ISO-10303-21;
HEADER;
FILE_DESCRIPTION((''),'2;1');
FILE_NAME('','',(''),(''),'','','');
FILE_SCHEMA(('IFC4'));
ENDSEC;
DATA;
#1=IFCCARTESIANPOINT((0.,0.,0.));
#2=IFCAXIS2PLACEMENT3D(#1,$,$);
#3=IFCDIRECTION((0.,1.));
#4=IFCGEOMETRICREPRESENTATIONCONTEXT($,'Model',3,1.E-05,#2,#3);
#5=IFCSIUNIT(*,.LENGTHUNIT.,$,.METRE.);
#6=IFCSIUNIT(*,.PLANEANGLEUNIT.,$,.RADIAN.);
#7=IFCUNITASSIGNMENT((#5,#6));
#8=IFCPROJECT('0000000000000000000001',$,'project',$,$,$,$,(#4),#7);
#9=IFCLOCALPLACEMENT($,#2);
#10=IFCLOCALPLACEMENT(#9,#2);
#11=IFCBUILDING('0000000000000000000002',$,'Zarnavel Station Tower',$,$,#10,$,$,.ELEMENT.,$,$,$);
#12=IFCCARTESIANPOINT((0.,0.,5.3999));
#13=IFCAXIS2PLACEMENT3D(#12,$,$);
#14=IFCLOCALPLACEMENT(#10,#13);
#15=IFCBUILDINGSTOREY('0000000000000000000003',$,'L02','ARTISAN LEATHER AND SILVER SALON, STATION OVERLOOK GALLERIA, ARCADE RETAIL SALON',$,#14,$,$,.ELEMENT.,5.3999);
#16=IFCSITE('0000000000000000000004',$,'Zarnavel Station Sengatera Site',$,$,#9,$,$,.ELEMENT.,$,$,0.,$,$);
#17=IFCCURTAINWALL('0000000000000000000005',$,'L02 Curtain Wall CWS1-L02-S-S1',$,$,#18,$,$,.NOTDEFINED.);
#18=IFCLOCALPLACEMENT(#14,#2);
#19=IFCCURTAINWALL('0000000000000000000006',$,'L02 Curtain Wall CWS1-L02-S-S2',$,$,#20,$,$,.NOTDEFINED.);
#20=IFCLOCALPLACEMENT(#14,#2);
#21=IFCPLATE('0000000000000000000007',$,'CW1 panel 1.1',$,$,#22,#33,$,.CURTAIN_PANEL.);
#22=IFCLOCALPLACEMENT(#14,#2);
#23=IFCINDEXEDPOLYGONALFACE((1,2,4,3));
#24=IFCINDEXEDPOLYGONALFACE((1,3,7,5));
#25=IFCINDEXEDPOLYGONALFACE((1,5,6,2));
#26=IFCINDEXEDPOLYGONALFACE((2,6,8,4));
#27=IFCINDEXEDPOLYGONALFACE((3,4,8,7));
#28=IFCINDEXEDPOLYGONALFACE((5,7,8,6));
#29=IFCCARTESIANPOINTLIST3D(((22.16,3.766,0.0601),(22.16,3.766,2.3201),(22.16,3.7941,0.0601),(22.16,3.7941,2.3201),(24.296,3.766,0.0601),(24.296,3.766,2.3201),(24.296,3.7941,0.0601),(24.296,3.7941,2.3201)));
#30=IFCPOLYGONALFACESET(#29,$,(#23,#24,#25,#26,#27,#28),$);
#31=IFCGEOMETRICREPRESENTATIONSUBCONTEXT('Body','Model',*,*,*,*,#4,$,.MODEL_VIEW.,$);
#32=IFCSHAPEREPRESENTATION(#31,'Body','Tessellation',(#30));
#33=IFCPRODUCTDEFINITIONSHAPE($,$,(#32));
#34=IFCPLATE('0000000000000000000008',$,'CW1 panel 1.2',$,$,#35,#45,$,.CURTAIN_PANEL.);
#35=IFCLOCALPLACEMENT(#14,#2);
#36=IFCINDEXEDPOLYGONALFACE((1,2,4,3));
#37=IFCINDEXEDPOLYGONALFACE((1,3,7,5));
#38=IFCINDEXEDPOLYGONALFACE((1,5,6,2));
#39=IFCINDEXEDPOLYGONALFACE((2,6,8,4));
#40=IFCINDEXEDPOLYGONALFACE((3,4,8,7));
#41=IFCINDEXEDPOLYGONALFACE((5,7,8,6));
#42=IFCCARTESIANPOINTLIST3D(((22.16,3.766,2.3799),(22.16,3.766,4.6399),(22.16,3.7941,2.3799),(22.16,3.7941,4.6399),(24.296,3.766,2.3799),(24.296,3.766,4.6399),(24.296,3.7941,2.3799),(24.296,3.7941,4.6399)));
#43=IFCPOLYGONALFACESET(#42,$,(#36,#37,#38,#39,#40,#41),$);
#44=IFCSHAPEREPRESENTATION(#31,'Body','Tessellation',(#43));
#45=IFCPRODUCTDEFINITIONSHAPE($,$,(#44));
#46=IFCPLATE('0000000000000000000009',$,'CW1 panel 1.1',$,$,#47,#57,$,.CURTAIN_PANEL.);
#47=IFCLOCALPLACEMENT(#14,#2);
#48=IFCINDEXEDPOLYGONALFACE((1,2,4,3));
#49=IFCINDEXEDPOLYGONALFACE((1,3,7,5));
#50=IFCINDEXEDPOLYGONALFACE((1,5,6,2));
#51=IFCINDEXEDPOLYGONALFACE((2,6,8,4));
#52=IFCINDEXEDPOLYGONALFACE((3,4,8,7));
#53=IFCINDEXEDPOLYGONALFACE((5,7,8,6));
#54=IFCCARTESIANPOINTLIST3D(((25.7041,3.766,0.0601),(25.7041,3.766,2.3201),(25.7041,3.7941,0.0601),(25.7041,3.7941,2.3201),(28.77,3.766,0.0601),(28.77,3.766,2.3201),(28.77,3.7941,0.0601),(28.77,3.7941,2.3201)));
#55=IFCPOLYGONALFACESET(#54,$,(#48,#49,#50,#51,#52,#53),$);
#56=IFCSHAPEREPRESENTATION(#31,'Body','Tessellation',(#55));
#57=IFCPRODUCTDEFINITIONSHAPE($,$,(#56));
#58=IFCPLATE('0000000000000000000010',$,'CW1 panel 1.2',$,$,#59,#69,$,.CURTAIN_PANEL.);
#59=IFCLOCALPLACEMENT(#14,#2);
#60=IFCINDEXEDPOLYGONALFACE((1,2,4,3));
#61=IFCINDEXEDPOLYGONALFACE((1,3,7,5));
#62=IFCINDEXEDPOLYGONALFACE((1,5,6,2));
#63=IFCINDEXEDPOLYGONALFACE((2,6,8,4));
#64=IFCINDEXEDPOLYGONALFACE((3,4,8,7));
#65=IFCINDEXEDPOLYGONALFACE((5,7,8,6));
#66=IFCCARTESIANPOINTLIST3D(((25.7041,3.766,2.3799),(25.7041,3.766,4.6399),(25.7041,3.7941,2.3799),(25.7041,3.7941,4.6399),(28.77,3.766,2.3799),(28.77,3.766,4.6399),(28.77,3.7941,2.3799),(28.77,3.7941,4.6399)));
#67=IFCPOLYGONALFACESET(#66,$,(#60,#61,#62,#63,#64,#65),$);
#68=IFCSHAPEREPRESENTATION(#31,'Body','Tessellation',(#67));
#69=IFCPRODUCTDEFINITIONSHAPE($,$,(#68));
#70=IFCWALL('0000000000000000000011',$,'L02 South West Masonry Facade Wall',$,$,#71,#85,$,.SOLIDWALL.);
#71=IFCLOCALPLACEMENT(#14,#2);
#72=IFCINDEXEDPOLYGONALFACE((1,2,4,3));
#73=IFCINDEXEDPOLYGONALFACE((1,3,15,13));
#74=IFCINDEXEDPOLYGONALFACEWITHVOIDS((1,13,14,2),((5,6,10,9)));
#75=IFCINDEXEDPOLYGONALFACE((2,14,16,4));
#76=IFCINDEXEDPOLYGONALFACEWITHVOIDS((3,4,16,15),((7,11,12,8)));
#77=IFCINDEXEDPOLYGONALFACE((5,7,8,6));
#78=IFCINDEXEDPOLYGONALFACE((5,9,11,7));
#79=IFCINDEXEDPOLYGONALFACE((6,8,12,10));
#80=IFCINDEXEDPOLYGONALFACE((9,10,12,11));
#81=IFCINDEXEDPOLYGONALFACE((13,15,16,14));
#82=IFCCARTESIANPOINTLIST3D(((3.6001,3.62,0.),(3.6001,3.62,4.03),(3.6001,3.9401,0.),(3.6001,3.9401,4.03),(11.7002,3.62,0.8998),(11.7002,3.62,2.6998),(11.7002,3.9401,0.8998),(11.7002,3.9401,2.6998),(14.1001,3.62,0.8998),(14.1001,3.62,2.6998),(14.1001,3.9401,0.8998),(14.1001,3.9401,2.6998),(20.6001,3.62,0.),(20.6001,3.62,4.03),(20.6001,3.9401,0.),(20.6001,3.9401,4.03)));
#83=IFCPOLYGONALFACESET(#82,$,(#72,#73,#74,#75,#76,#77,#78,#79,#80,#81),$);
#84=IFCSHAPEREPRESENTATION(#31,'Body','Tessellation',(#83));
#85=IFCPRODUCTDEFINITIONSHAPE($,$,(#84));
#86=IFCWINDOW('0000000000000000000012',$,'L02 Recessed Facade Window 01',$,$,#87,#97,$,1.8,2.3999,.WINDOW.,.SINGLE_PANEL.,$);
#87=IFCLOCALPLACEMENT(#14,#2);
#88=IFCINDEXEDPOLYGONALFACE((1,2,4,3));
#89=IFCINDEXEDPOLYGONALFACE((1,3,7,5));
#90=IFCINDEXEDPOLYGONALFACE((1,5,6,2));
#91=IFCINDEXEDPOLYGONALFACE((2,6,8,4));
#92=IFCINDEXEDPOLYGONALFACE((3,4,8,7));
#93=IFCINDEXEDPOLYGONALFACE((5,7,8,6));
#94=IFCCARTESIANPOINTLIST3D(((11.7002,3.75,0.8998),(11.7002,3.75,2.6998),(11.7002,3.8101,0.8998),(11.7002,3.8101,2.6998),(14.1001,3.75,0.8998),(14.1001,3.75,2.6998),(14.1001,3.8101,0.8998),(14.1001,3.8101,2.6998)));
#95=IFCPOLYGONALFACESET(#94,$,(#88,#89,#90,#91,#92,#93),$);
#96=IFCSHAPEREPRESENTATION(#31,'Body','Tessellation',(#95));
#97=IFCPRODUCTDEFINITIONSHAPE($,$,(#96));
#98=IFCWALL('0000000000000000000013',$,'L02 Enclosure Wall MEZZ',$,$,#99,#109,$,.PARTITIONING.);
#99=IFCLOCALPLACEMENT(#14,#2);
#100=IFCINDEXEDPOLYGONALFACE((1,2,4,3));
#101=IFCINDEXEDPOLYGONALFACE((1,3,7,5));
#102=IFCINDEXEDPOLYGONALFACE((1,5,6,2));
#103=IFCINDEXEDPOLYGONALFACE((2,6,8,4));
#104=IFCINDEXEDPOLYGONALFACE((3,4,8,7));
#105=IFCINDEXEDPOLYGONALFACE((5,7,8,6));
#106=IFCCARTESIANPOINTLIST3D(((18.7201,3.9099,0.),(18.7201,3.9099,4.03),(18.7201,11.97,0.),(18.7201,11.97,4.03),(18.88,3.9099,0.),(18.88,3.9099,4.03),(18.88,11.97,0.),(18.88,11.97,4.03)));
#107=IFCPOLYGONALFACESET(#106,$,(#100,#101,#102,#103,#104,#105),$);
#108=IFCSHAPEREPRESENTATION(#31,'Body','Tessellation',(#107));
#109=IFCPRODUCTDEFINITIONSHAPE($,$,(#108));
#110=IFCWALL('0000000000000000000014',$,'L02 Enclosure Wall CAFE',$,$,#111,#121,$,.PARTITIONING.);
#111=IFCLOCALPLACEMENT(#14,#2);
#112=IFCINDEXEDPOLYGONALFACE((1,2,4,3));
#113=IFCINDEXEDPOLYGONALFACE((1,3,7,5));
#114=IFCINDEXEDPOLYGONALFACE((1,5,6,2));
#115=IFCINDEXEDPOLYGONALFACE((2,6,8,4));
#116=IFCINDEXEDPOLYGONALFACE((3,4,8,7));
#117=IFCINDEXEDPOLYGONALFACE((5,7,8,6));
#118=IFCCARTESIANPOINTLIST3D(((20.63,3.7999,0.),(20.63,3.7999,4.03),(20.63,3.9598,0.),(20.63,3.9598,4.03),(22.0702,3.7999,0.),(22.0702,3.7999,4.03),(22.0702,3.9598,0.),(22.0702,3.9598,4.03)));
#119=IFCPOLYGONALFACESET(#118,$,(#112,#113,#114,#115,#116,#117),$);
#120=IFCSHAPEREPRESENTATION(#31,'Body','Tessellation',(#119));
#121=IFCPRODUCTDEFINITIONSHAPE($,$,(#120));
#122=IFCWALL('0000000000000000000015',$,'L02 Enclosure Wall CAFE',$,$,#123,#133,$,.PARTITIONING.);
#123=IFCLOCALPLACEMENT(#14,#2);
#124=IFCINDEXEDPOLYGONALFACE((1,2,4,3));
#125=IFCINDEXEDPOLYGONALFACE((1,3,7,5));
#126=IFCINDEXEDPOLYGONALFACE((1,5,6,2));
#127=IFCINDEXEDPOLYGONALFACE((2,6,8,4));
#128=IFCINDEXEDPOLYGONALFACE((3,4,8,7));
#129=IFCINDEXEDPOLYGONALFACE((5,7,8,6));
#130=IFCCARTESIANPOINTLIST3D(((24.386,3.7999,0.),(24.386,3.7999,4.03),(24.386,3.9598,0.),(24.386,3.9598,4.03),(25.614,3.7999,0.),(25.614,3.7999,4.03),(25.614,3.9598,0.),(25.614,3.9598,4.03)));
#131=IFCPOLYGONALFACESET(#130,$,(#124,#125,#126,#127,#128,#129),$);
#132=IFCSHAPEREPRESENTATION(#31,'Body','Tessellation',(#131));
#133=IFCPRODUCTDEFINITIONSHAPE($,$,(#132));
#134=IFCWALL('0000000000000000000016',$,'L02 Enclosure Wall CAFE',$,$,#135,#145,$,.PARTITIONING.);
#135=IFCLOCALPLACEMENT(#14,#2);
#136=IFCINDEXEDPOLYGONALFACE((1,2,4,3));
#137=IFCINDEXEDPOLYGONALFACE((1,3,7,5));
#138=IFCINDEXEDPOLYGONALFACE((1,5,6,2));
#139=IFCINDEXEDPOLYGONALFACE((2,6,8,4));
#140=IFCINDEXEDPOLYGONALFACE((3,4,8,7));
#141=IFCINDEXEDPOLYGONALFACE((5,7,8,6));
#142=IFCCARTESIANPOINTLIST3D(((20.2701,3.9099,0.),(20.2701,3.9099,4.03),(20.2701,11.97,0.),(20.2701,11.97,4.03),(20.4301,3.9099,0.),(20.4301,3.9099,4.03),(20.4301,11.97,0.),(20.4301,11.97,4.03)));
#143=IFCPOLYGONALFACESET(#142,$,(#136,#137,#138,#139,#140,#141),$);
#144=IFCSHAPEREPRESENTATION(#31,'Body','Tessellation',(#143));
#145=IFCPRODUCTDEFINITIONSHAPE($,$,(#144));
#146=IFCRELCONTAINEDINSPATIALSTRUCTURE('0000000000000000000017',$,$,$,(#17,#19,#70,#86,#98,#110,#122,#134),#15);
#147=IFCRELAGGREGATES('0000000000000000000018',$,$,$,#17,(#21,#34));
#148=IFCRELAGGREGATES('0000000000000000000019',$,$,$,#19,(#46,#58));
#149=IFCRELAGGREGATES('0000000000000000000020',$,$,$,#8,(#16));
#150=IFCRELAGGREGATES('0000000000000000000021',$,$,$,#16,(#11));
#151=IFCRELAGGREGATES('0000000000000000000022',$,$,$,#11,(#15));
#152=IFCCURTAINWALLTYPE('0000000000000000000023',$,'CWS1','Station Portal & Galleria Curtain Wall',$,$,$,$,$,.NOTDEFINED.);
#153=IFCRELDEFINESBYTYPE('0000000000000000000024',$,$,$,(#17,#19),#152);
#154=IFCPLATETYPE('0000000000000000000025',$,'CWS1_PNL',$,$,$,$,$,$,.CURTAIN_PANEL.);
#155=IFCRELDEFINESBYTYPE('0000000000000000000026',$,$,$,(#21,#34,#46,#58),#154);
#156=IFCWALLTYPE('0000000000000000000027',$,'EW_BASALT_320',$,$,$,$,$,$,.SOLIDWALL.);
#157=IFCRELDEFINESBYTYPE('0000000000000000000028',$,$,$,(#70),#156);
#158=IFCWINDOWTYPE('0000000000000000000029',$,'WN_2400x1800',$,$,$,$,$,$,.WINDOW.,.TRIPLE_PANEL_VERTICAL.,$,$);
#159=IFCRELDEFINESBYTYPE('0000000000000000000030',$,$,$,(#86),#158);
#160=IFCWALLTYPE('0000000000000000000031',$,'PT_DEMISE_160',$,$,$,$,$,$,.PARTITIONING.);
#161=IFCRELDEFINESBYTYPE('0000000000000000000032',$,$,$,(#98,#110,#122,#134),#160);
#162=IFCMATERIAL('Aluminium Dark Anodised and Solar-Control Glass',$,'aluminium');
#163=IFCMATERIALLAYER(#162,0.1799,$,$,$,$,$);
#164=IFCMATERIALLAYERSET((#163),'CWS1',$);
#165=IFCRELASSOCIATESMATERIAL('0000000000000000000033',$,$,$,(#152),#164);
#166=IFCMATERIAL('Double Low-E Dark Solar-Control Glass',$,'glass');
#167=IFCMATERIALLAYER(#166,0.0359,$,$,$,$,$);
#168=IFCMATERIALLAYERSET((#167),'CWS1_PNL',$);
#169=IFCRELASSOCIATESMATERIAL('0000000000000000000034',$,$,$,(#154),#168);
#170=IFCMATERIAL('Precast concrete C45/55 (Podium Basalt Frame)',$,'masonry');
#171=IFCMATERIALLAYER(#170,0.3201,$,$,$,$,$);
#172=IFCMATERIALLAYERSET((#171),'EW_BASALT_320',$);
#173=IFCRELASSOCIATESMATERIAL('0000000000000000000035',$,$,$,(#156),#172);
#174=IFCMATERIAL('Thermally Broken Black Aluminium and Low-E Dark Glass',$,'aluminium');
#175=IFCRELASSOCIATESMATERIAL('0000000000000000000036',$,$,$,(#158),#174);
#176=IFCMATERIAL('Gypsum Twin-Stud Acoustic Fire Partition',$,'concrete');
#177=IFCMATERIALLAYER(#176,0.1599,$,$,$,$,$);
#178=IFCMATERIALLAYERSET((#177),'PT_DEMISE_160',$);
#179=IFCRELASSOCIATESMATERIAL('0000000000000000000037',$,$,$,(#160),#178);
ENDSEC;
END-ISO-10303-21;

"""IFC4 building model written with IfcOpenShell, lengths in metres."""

from ifc_helpers import new_model, si_unit, direction, frame, frame_2d, origin, origin_2d, place, context, subcontext, project, spatial, rectangle, extrude, material, layer, layer_set, type_object, element, fill, aggregate, save


model = new_model("IFC4")

# Units and contexts
model_context = context("Model", 3, precision=1e-05, world=origin(), true_north=direction((0.0, 1.0)))
body_context = subcontext(model_context, "Body", "Model", "MODEL_VIEW")
ifc_project = project(units=[si_unit("LENGTHUNIT", "METRE"), si_unit("PLANEANGLEUNIT", "RADIAN")], contexts=[model_context])

# Site, building, storey
site_placement = place(None, origin())
site = spatial("IfcSite", under=ifc_project, at=site_placement, Name="Zarnavel Station Sengatera Site", CompositionType="ELEMENT", RefElevation=0.0)
building_placement = place(site_placement, origin())
building = spatial("IfcBuilding", under=site, at=building_placement, Name="Zarnavel Station Tower", CompositionType="ELEMENT")
storey_placement = place(building_placement, frame((0.0, 0.0, 5.3999)))
storey = spatial("IfcBuildingStorey", under=building, at=storey_placement, Name="L02", Description="ARTISAN LEATHER AND SILVER SALON, STATION OVERLOOK GALLERIA, ARCADE RETAIL SALON", CompositionType="ELEMENT", Elevation=5.3999)

# Curtain wall
ifc_material_1 = material(Name="Aluminium Dark Anodised and Solar-Control Glass", Category="aluminium")
ifc_layer_1 = layer(ifc_material_1, 0.1799)
ifc_layer_set_1 = layer_set([ifc_layer_1], Name="CWS1")
curtain_wall_type = type_object("IfcCurtainWallType", Name="CWS1", Description="Station Portal & Galleria Curtain Wall", PredefinedType="NOTDEFINED", material=ifc_layer_set_1)
curtain_wall_1_placement = place(storey_placement, origin())
curtain_wall_1 = element("IfcCurtainWall", 1, at=curtain_wall_1_placement, inside=storey, type_object=curtain_wall_type, Name="L02 Curtain Wall CWS1-L02-S-S1", PredefinedType="NOTDEFINED")

# Curtain wall
curtain_wall_2_placement = place(storey_placement, origin())
curtain_wall_2 = element("IfcCurtainWall", 2, at=curtain_wall_2_placement, inside=storey, type_object=curtain_wall_type, Name="L02 Curtain Wall CWS1-L02-S-S2", PredefinedType="NOTDEFINED")

# Plates
ifc_material_2 = material(Name="Double Low-E Dark Solar-Control Glass", Category="glass")
ifc_layer_2 = layer(ifc_material_2, 0.0359)
ifc_layer_set_2 = layer_set([ifc_layer_2], Name="CWS1_PNL")
plate_type = type_object("IfcPlateType", Name="CWS1_PNL", PredefinedType="CURTAIN_PANEL", material=ifc_layer_set_2)
plate_1_placement = place(storey_placement, frame((23.228, 3.78, 0.0601), z_axis=(0.0, 0.0, 1.0), x_axis=(1.0, 0.0, 0.0)))
plate_1 = element("IfcPlate", 3, at=plate_1_placement, type_object=plate_type, Name="CW1 panel 1.1", PredefinedType="CURTAIN_PANEL", context=body_context, shape_type="SweptSolid", body=[
    extrude(rectangle(XDim=2.136, YDim=0.0281, at=origin_2d()), origin(), (0.0, 0.0, 1.0), 2.26),
])
plate_2_placement = place(storey_placement, frame((23.228, 3.78, 2.3799), z_axis=(0.0, 0.0, 1.0), x_axis=(1.0, 0.0, 0.0)))
plate_2 = element("IfcPlate", 4, at=plate_2_placement, type_object=plate_type, Name="CW1 panel 1.2", PredefinedType="CURTAIN_PANEL", context=body_context, shape_type="SweptSolid", body=[
    extrude(rectangle(XDim=2.136, YDim=0.0281, at=origin_2d()), origin(), (0.0, 0.0, 1.0), 2.26),
])
aggregate(curtain_wall_1, [plate_1, plate_2])
plate_3_placement = place(storey_placement, frame((27.2371, 3.78, 0.0601), z_axis=(0.0, 0.0, 1.0), x_axis=(1.0, 0.0, 0.0)))
plate_3 = element("IfcPlate", 5, at=plate_3_placement, type_object=plate_type, Name="CW1 panel 1.1", PredefinedType="CURTAIN_PANEL", context=body_context, shape_type="SweptSolid", body=[
    extrude(rectangle(XDim=3.0659, YDim=0.0281, at=origin_2d()), origin(), (0.0, 0.0, 1.0), 2.26),
])
plate_4_placement = place(storey_placement, frame((27.2371, 3.78, 2.3799), z_axis=(0.0, 0.0, 1.0), x_axis=(1.0, 0.0, 0.0)))
plate_4 = element("IfcPlate", 6, at=plate_4_placement, type_object=plate_type, Name="CW1 panel 1.2", PredefinedType="CURTAIN_PANEL", context=body_context, shape_type="SweptSolid", body=[
    extrude(rectangle(XDim=3.0659, YDim=0.0281, at=origin_2d()), origin(), (0.0, 0.0, 1.0), 2.26),
])
aggregate(curtain_wall_2, [plate_3, plate_4])

# Wall, opening, window
ifc_material_3 = material(Name="Precast concrete C45/55 (Podium Basalt Frame)", Category="masonry")
ifc_layer_3 = layer(ifc_material_3, 0.3201)
ifc_layer_set_3 = layer_set([ifc_layer_3], Name="EW_BASALT_320")
wall_type_1 = type_object("IfcWallType", Name="EW_BASALT_320", PredefinedType="SOLIDWALL", material=ifc_layer_set_3)
wall_1_placement = place(storey_placement, frame((20.6001, 3.78, 0.0), z_axis=(0.0, 0.0, 1.0), x_axis=(-1.0, 0.0, 0.0)))
wall_1 = element("IfcWall", 7, at=wall_1_placement, inside=storey, type_object=wall_type_1, Name="L02 South West Masonry Facade Wall", PredefinedType="SOLIDWALL", context=body_context, shape_type="SweptSolid", body=[
    extrude(rectangle(XDim=17.0, YDim=0.3201, at=frame_2d((8.5, 0.0))), origin(), (0.0, 0.0, 1.0), 4.03),
])
opening_placement = place(wall_1_placement, frame((6.5, 0.0, 0.8999)))
opening = element("IfcOpeningElement", 8, at=opening_placement, cuts=wall_1, PredefinedType="OPENING", context=body_context, shape_type="SweptSolid", body=[
    extrude(rectangle(XDim=2.3999, YDim=1.8, at=frame_2d((1.2, 0.8999))), frame((0.0, 0.1699, 0.0), z_axis=(0.0, -1.0, 0.0), x_axis=(1.0, 0.0, 0.0)), (0.0, 0.0, 1.0), 0.3401),
])
ifc_material_4 = material(Name="Thermally Broken Black Aluminium and Low-E Dark Glass", Category="aluminium")
window_type = type_object("IfcWindowType", Name="WN_2400x1800", PartitioningType="TRIPLE_PANEL_VERTICAL", PredefinedType="WINDOW", material=ifc_material_4)
window_placement = place(opening_placement, origin())
window = element("IfcWindow", 9, at=window_placement, inside=storey, type_object=window_type, Name="L02 Recessed Facade Window 01", OverallHeight=1.8, OverallWidth=2.3999, PartitioningType="SINGLE_PANEL", PredefinedType="WINDOW", context=body_context, shape_type="SweptSolid", body=[
    extrude(rectangle(XDim=2.3999, YDim=1.8, at=frame_2d((1.2, 0.8999))), frame((0.0, 0.03, 0.0), z_axis=(0.0, -1.0, 0.0), x_axis=(1.0, 0.0, 0.0)), (0.0, 0.0, 1.0), 0.0601),
])
fill(opening, window)

# Walls
ifc_material_5 = material(Name="Gypsum Twin-Stud Acoustic Fire Partition", Category="concrete")
ifc_layer_4 = layer(ifc_material_5, 0.1599)
ifc_layer_set_4 = layer_set([ifc_layer_4], Name="PT_DEMISE_160")
wall_type_2 = type_object("IfcWallType", Name="PT_DEMISE_160", PredefinedType="PARTITIONING", material=ifc_layer_set_4)
wall_2_placement = place(storey_placement, frame((18.8, 3.9099, 0.0), z_axis=(0.0, 0.0, 1.0), x_axis=(0.0, 1.0, 0.0)))
element("IfcWall", 10, at=wall_2_placement, inside=storey, type_object=wall_type_2, Name="L02 Enclosure Wall MEZZ", PredefinedType="PARTITIONING", context=body_context, shape_type="SweptSolid", body=[
    extrude(rectangle(XDim=8.0601, YDim=0.1599, at=frame_2d((4.03, 0.0))), origin(), (0.0, 0.0, 1.0), 4.03),
])
wall_3_placement = place(storey_placement, frame((20.6299, 3.8799, 0.0), z_axis=(0.0, 0.0, 1.0), x_axis=(1.0, 0.0, 0.0)))
element("IfcWall", 11, at=wall_3_placement, inside=storey, type_object=wall_type_2, Name="L02 Enclosure Wall CAFE", PredefinedType="PARTITIONING", context=body_context, shape_type="SweptSolid", body=[
    extrude(rectangle(XDim=1.4402, YDim=0.1599, at=frame_2d((0.7202, 0.0))), origin(), (0.0, 0.0, 1.0), 4.03),
])
wall_4_placement = place(storey_placement, frame((24.386, 3.8799, 0.0), z_axis=(0.0, 0.0, 1.0), x_axis=(1.0, 0.0, 0.0)))
element("IfcWall", 12, at=wall_4_placement, inside=storey, type_object=wall_type_2, Name="L02 Enclosure Wall CAFE", PredefinedType="PARTITIONING", context=body_context, shape_type="SweptSolid", body=[
    extrude(rectangle(XDim=1.228, YDim=0.1599, at=frame_2d((0.614, 0.0))), origin(), (0.0, 0.0, 1.0), 4.03),
])
wall_5_placement = place(storey_placement, frame((20.3501, 3.9099, 0.0), z_axis=(0.0, 0.0, 1.0), x_axis=(0.0, 1.0, 0.0)))
element("IfcWall", 13, at=wall_5_placement, inside=storey, type_object=wall_type_2, Name="L02 Enclosure Wall CAFE", PredefinedType="PARTITIONING", context=body_context, shape_type="SweptSolid", body=[
    extrude(rectangle(XDim=8.0601, YDim=0.1599, at=frame_2d((4.03, 0.0))), origin(), (0.0, 0.0, 1.0), 4.03),
])

save(model, "model.ifc")
